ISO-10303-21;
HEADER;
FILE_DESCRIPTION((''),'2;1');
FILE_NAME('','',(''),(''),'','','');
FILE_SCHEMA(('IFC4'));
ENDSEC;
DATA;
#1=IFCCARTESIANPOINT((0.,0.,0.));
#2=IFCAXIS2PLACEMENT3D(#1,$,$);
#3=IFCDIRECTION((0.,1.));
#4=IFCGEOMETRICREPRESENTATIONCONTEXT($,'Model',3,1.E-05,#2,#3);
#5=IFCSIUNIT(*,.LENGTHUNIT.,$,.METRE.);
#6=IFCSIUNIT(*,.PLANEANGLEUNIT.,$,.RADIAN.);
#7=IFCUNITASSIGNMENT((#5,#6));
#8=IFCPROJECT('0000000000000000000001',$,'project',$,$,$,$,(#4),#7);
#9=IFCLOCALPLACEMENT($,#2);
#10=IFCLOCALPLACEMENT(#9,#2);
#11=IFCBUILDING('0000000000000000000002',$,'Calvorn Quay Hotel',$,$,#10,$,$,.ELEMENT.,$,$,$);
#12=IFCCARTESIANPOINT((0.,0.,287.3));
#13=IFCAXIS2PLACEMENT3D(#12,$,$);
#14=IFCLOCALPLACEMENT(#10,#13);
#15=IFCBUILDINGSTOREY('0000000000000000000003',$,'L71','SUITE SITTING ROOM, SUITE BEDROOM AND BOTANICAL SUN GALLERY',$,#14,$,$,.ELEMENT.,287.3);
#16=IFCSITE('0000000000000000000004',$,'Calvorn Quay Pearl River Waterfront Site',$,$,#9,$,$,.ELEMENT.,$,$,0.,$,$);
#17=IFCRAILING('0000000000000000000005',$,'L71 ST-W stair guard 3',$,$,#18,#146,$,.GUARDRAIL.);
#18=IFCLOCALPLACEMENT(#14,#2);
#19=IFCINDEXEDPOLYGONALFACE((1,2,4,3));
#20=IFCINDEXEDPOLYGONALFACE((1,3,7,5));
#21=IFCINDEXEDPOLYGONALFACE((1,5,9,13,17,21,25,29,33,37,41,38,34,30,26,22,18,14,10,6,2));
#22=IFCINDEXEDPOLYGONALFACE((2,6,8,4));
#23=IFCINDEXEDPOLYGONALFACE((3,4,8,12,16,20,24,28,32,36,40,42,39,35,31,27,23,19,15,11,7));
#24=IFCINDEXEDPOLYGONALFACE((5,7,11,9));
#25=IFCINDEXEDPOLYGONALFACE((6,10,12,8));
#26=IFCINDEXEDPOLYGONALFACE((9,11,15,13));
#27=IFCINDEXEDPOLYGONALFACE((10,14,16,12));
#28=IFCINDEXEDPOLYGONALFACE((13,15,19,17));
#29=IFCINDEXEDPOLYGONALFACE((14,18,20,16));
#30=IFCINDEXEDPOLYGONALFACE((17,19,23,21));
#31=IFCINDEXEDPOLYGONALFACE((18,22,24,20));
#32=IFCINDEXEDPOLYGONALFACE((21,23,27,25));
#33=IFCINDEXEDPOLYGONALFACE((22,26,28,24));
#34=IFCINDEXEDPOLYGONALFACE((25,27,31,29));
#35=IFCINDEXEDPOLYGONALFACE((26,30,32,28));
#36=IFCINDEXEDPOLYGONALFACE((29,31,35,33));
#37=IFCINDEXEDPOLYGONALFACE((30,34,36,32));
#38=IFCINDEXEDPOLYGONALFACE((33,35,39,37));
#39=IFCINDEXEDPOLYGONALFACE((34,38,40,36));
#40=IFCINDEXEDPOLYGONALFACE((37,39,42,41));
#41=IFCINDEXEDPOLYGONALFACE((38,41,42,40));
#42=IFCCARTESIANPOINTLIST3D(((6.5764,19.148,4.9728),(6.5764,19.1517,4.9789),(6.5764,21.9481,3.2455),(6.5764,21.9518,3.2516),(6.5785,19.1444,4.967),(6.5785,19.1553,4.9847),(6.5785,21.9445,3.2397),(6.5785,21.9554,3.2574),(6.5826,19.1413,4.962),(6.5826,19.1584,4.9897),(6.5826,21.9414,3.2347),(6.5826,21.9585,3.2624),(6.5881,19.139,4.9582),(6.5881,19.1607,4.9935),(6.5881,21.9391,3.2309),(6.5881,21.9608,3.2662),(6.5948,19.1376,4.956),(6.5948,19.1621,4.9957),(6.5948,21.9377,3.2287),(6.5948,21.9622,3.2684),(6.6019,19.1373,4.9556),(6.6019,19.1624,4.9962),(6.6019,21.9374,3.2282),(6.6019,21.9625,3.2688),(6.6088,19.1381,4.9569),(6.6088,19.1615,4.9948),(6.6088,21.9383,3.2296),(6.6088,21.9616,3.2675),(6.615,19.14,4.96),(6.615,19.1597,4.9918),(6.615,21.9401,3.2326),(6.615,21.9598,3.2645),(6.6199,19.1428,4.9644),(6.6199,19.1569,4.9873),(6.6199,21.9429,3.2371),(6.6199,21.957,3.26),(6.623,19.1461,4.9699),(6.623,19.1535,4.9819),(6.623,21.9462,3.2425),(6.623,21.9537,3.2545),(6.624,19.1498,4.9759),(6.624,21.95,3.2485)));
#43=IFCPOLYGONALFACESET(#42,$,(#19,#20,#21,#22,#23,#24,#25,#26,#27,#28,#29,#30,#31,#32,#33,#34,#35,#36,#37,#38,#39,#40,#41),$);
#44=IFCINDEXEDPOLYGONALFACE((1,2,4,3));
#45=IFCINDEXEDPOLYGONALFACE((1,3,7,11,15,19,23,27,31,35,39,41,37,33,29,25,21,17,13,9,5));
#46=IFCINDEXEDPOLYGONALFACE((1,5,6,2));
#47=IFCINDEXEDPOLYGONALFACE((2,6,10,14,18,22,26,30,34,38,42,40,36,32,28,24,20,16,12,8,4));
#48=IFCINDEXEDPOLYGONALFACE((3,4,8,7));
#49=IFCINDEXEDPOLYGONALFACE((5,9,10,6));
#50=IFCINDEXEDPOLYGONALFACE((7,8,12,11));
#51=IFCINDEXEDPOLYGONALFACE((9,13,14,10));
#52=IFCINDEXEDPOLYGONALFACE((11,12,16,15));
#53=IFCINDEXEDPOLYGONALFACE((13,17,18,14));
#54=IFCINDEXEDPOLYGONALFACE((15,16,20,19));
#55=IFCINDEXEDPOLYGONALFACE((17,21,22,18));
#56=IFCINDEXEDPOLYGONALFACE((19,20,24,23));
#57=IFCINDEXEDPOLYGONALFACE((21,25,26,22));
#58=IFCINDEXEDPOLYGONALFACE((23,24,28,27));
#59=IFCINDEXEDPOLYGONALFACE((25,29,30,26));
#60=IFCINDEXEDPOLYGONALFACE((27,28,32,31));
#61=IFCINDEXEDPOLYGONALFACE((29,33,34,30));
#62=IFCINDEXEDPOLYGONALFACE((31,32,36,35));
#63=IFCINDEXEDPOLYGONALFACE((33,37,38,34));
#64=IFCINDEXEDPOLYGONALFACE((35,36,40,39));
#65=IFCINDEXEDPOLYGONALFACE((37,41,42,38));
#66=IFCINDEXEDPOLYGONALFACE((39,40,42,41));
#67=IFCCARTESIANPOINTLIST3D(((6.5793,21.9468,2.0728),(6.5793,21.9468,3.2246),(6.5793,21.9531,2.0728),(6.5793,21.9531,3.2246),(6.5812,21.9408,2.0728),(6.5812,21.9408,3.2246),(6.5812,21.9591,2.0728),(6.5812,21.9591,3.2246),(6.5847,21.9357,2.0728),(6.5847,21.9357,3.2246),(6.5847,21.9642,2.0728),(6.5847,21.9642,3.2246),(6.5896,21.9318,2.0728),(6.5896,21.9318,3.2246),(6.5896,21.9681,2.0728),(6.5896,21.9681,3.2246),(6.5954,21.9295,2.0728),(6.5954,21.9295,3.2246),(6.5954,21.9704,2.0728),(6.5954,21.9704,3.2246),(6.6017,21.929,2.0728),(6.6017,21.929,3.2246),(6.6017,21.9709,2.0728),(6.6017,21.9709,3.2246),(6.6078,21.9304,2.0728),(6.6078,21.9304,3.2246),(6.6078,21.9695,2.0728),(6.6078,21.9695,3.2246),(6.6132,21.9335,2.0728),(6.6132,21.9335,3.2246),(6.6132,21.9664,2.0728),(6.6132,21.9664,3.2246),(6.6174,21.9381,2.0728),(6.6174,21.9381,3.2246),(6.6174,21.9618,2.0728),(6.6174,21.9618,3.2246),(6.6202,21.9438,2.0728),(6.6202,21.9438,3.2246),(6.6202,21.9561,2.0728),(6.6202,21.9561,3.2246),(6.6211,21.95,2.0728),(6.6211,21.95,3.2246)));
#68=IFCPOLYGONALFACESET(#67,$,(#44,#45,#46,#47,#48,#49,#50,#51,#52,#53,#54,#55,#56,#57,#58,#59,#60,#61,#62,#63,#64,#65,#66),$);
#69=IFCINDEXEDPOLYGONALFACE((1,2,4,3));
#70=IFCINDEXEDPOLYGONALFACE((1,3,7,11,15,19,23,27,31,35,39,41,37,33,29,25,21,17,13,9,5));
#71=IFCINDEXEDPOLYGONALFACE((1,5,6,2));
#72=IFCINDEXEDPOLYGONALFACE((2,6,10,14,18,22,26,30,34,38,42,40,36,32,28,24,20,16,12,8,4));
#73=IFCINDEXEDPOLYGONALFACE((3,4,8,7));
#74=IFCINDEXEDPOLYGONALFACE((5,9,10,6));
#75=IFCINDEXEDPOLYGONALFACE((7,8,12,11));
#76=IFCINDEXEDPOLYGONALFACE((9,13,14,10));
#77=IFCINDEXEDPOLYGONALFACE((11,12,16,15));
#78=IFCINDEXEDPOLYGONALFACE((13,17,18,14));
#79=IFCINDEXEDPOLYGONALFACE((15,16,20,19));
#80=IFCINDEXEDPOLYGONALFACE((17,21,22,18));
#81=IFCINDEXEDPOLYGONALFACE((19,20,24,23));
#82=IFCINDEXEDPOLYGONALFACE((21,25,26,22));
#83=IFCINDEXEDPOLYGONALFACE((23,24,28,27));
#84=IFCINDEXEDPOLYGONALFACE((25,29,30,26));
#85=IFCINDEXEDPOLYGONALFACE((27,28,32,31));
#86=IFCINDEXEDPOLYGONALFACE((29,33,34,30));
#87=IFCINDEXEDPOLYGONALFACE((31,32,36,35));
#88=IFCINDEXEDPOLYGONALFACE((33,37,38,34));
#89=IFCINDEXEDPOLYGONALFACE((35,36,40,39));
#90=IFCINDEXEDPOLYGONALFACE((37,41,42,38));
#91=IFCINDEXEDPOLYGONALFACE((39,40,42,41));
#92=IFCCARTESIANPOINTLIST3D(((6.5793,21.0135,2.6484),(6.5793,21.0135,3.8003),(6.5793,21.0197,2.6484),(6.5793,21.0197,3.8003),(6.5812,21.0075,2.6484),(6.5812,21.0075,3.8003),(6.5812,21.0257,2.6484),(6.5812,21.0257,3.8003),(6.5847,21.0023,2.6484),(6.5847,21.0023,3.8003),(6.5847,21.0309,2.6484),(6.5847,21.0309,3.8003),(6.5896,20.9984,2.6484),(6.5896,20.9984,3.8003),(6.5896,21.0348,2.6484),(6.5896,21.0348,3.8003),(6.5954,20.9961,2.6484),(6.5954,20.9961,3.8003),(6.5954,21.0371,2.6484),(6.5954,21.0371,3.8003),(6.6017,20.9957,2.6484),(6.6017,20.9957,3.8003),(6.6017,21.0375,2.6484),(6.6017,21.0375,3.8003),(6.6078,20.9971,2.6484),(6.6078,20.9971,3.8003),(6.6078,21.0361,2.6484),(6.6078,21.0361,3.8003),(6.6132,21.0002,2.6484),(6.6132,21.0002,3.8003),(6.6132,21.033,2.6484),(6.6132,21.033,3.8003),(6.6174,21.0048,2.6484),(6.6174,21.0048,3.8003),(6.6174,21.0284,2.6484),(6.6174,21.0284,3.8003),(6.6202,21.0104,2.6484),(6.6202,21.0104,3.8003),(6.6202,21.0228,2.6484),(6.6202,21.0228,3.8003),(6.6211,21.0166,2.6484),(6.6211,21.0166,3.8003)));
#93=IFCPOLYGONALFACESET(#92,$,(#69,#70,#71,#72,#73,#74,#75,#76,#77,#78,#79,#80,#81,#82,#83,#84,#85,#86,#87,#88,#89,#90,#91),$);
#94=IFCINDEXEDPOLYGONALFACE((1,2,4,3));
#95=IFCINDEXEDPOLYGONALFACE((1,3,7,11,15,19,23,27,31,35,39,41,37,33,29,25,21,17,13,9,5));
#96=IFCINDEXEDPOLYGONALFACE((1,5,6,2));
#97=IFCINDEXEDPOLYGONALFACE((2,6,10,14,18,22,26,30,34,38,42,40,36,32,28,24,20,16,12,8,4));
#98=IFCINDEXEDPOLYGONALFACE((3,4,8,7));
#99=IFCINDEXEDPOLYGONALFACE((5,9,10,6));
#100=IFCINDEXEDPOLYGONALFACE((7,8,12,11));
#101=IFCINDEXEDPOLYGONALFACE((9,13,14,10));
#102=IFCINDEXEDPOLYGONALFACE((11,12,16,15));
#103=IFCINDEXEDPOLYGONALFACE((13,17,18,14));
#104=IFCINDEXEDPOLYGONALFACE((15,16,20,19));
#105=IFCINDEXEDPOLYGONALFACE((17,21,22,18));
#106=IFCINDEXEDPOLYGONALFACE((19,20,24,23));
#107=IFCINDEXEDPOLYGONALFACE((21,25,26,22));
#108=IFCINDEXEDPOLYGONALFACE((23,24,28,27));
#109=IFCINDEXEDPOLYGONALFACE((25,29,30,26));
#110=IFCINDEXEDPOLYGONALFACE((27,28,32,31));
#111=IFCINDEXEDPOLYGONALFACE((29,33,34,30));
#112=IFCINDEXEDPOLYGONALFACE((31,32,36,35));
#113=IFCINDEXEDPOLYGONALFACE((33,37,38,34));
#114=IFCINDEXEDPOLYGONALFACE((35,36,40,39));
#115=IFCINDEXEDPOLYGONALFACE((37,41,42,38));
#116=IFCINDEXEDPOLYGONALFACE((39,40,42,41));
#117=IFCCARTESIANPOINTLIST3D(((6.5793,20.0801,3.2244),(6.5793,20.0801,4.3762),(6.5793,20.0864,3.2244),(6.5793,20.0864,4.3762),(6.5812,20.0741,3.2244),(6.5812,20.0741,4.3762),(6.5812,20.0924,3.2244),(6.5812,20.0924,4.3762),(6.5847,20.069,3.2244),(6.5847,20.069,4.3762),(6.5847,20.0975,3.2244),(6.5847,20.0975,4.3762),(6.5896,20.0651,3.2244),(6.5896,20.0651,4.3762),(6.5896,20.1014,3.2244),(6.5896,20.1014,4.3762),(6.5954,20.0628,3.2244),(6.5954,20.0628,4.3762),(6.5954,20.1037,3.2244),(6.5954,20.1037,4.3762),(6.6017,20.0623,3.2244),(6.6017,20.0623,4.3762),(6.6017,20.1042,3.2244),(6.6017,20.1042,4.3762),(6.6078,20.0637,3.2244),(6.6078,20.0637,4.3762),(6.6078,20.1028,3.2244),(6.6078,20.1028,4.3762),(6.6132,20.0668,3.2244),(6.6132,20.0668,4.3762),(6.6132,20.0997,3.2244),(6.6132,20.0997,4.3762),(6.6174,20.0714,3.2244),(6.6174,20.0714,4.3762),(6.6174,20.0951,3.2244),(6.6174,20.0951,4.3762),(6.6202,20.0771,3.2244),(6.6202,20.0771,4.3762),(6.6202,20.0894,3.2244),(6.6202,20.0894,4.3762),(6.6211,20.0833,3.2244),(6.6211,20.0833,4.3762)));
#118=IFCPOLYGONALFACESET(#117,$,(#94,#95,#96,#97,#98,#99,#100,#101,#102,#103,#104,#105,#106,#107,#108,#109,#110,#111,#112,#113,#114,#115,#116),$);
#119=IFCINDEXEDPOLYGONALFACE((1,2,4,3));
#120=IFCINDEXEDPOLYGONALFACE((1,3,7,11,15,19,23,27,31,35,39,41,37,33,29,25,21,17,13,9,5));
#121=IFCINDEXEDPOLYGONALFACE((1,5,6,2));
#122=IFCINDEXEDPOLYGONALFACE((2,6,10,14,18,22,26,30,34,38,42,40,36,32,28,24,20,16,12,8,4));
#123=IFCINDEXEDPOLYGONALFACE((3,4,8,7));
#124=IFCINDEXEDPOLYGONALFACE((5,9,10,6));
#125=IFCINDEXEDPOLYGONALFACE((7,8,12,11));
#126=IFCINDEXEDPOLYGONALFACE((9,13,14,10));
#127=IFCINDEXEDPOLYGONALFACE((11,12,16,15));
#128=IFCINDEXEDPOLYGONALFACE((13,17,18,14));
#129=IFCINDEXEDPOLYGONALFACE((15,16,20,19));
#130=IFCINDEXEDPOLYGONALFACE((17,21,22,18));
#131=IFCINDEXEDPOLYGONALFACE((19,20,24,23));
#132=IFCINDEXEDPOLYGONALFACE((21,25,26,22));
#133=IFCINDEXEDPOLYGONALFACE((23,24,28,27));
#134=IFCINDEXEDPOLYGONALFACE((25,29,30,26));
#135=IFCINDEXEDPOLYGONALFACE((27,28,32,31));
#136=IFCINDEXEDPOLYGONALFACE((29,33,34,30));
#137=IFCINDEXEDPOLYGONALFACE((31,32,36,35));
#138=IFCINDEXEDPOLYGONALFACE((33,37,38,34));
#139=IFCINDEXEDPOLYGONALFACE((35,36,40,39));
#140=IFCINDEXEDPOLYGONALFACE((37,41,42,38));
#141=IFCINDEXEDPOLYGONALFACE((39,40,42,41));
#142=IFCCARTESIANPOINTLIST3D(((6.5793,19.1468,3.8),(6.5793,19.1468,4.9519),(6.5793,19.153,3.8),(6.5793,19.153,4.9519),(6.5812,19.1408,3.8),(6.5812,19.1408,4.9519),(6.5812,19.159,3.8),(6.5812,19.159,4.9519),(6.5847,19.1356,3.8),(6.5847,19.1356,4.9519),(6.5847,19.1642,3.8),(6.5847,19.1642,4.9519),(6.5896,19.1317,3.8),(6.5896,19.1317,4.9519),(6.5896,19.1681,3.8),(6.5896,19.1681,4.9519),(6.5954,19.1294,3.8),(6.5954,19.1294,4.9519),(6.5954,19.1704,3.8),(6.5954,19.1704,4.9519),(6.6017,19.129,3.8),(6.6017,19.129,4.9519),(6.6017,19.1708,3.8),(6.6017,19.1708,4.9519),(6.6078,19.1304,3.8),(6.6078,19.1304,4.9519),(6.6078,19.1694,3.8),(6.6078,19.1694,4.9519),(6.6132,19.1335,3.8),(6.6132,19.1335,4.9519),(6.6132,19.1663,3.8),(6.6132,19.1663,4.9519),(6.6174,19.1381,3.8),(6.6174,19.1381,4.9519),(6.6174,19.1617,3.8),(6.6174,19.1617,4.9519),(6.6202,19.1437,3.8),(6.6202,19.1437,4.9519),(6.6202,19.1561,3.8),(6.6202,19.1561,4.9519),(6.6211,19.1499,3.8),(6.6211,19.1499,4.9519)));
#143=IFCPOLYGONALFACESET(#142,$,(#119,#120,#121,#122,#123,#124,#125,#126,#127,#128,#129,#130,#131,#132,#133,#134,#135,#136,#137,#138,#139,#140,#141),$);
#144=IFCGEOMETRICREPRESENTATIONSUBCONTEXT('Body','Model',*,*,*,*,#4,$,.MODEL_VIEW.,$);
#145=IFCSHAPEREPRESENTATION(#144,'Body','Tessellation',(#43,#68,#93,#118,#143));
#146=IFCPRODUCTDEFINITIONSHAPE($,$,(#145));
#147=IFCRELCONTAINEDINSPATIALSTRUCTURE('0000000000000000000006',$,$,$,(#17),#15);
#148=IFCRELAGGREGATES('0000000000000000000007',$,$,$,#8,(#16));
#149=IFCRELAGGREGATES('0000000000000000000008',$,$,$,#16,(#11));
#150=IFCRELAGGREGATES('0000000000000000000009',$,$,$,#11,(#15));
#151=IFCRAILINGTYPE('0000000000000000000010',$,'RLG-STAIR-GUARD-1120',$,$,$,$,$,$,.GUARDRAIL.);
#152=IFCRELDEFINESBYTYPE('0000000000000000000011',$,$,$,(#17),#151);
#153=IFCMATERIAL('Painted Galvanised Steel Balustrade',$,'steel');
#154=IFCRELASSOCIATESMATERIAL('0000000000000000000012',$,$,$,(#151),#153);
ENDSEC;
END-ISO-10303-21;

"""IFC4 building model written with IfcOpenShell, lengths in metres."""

from ifc_helpers import new_model, si_unit, direction, frame, origin, origin_2d, place, context, subcontext, project, spatial, circle, extrude, material, type_object, element, save


model = new_model("IFC4")

# Units and contexts
model_context = context("Model", 3, precision=1e-05, world=origin(), true_north=direction((0.0, 1.0)))
body_context = subcontext(model_context, "Body", "Model", "MODEL_VIEW")
ifc_project = project(units=[si_unit("LENGTHUNIT", "METRE"), si_unit("PLANEANGLEUNIT", "RADIAN")], contexts=[model_context])

# Site, building, storey
site_placement = place(None, origin())
site = spatial("IfcSite", under=ifc_project, at=site_placement, Name="Calvorn Quay Pearl River Waterfront Site", CompositionType="ELEMENT", RefElevation=0.0)
building_placement = place(site_placement, origin())
building = spatial("IfcBuilding", under=site, at=building_placement, Name="Calvorn Quay Hotel", CompositionType="ELEMENT")
storey_placement = place(building_placement, frame((0.0, 0.0, 287.3)))
storey = spatial("IfcBuildingStorey", under=building, at=storey_placement, Name="L71", Description="SUITE SITTING ROOM, SUITE BEDROOM AND BOTANICAL SUN GALLERY", CompositionType="ELEMENT", Elevation=287.3)

# Railing
ifc_material_1 = material(Name="Painted Galvanised Steel Balustrade", Category="steel")
railing_type_1 = type_object("IfcRailingType", Name="RLG-STAIR-GUARD-1120", PredefinedType="GUARDRAIL", material=ifc_material_1)
railing_1_placement = place(storey_placement, frame((6.6001, 21.95, 2.0728)))
element("IfcRailing", 1, at=railing_1_placement, inside=storey, type_object=railing_type_1, Name="L71 ST-W stair guard 3", PredefinedType="GUARDRAIL", context=body_context, shape_type="SweptSolid", body=[
    extrude(circle(Radius=0.0239, at=origin_2d()), frame((0.0, 0.0, 1.1758), z_axis=(0.0, -0.85109, 0.52502), x_axis=(1.0, 0.0, 0.0)), (0.0, 0.0, 1.0), 3.29),
    extrude(circle(Radius=0.021, at=origin_2d()), origin(), (0.0, 0.0, 1.0), 1.1519),
    extrude(circle(Radius=0.021, at=origin_2d()), frame((0.0, -0.9333, 0.5757)), (0.0, 0.0, 1.0), 1.1519),
    extrude(circle(Radius=0.021, at=origin_2d()), frame((0.0, -1.8667, 1.1516)), (0.0, 0.0, 1.0), 1.1519),
    extrude(circle(Radius=0.021, at=origin_2d()), frame((0.0, -2.8, 1.7273)), (0.0, 0.0, 1.0), 1.1519),
])

save(model, "model.ifc")
